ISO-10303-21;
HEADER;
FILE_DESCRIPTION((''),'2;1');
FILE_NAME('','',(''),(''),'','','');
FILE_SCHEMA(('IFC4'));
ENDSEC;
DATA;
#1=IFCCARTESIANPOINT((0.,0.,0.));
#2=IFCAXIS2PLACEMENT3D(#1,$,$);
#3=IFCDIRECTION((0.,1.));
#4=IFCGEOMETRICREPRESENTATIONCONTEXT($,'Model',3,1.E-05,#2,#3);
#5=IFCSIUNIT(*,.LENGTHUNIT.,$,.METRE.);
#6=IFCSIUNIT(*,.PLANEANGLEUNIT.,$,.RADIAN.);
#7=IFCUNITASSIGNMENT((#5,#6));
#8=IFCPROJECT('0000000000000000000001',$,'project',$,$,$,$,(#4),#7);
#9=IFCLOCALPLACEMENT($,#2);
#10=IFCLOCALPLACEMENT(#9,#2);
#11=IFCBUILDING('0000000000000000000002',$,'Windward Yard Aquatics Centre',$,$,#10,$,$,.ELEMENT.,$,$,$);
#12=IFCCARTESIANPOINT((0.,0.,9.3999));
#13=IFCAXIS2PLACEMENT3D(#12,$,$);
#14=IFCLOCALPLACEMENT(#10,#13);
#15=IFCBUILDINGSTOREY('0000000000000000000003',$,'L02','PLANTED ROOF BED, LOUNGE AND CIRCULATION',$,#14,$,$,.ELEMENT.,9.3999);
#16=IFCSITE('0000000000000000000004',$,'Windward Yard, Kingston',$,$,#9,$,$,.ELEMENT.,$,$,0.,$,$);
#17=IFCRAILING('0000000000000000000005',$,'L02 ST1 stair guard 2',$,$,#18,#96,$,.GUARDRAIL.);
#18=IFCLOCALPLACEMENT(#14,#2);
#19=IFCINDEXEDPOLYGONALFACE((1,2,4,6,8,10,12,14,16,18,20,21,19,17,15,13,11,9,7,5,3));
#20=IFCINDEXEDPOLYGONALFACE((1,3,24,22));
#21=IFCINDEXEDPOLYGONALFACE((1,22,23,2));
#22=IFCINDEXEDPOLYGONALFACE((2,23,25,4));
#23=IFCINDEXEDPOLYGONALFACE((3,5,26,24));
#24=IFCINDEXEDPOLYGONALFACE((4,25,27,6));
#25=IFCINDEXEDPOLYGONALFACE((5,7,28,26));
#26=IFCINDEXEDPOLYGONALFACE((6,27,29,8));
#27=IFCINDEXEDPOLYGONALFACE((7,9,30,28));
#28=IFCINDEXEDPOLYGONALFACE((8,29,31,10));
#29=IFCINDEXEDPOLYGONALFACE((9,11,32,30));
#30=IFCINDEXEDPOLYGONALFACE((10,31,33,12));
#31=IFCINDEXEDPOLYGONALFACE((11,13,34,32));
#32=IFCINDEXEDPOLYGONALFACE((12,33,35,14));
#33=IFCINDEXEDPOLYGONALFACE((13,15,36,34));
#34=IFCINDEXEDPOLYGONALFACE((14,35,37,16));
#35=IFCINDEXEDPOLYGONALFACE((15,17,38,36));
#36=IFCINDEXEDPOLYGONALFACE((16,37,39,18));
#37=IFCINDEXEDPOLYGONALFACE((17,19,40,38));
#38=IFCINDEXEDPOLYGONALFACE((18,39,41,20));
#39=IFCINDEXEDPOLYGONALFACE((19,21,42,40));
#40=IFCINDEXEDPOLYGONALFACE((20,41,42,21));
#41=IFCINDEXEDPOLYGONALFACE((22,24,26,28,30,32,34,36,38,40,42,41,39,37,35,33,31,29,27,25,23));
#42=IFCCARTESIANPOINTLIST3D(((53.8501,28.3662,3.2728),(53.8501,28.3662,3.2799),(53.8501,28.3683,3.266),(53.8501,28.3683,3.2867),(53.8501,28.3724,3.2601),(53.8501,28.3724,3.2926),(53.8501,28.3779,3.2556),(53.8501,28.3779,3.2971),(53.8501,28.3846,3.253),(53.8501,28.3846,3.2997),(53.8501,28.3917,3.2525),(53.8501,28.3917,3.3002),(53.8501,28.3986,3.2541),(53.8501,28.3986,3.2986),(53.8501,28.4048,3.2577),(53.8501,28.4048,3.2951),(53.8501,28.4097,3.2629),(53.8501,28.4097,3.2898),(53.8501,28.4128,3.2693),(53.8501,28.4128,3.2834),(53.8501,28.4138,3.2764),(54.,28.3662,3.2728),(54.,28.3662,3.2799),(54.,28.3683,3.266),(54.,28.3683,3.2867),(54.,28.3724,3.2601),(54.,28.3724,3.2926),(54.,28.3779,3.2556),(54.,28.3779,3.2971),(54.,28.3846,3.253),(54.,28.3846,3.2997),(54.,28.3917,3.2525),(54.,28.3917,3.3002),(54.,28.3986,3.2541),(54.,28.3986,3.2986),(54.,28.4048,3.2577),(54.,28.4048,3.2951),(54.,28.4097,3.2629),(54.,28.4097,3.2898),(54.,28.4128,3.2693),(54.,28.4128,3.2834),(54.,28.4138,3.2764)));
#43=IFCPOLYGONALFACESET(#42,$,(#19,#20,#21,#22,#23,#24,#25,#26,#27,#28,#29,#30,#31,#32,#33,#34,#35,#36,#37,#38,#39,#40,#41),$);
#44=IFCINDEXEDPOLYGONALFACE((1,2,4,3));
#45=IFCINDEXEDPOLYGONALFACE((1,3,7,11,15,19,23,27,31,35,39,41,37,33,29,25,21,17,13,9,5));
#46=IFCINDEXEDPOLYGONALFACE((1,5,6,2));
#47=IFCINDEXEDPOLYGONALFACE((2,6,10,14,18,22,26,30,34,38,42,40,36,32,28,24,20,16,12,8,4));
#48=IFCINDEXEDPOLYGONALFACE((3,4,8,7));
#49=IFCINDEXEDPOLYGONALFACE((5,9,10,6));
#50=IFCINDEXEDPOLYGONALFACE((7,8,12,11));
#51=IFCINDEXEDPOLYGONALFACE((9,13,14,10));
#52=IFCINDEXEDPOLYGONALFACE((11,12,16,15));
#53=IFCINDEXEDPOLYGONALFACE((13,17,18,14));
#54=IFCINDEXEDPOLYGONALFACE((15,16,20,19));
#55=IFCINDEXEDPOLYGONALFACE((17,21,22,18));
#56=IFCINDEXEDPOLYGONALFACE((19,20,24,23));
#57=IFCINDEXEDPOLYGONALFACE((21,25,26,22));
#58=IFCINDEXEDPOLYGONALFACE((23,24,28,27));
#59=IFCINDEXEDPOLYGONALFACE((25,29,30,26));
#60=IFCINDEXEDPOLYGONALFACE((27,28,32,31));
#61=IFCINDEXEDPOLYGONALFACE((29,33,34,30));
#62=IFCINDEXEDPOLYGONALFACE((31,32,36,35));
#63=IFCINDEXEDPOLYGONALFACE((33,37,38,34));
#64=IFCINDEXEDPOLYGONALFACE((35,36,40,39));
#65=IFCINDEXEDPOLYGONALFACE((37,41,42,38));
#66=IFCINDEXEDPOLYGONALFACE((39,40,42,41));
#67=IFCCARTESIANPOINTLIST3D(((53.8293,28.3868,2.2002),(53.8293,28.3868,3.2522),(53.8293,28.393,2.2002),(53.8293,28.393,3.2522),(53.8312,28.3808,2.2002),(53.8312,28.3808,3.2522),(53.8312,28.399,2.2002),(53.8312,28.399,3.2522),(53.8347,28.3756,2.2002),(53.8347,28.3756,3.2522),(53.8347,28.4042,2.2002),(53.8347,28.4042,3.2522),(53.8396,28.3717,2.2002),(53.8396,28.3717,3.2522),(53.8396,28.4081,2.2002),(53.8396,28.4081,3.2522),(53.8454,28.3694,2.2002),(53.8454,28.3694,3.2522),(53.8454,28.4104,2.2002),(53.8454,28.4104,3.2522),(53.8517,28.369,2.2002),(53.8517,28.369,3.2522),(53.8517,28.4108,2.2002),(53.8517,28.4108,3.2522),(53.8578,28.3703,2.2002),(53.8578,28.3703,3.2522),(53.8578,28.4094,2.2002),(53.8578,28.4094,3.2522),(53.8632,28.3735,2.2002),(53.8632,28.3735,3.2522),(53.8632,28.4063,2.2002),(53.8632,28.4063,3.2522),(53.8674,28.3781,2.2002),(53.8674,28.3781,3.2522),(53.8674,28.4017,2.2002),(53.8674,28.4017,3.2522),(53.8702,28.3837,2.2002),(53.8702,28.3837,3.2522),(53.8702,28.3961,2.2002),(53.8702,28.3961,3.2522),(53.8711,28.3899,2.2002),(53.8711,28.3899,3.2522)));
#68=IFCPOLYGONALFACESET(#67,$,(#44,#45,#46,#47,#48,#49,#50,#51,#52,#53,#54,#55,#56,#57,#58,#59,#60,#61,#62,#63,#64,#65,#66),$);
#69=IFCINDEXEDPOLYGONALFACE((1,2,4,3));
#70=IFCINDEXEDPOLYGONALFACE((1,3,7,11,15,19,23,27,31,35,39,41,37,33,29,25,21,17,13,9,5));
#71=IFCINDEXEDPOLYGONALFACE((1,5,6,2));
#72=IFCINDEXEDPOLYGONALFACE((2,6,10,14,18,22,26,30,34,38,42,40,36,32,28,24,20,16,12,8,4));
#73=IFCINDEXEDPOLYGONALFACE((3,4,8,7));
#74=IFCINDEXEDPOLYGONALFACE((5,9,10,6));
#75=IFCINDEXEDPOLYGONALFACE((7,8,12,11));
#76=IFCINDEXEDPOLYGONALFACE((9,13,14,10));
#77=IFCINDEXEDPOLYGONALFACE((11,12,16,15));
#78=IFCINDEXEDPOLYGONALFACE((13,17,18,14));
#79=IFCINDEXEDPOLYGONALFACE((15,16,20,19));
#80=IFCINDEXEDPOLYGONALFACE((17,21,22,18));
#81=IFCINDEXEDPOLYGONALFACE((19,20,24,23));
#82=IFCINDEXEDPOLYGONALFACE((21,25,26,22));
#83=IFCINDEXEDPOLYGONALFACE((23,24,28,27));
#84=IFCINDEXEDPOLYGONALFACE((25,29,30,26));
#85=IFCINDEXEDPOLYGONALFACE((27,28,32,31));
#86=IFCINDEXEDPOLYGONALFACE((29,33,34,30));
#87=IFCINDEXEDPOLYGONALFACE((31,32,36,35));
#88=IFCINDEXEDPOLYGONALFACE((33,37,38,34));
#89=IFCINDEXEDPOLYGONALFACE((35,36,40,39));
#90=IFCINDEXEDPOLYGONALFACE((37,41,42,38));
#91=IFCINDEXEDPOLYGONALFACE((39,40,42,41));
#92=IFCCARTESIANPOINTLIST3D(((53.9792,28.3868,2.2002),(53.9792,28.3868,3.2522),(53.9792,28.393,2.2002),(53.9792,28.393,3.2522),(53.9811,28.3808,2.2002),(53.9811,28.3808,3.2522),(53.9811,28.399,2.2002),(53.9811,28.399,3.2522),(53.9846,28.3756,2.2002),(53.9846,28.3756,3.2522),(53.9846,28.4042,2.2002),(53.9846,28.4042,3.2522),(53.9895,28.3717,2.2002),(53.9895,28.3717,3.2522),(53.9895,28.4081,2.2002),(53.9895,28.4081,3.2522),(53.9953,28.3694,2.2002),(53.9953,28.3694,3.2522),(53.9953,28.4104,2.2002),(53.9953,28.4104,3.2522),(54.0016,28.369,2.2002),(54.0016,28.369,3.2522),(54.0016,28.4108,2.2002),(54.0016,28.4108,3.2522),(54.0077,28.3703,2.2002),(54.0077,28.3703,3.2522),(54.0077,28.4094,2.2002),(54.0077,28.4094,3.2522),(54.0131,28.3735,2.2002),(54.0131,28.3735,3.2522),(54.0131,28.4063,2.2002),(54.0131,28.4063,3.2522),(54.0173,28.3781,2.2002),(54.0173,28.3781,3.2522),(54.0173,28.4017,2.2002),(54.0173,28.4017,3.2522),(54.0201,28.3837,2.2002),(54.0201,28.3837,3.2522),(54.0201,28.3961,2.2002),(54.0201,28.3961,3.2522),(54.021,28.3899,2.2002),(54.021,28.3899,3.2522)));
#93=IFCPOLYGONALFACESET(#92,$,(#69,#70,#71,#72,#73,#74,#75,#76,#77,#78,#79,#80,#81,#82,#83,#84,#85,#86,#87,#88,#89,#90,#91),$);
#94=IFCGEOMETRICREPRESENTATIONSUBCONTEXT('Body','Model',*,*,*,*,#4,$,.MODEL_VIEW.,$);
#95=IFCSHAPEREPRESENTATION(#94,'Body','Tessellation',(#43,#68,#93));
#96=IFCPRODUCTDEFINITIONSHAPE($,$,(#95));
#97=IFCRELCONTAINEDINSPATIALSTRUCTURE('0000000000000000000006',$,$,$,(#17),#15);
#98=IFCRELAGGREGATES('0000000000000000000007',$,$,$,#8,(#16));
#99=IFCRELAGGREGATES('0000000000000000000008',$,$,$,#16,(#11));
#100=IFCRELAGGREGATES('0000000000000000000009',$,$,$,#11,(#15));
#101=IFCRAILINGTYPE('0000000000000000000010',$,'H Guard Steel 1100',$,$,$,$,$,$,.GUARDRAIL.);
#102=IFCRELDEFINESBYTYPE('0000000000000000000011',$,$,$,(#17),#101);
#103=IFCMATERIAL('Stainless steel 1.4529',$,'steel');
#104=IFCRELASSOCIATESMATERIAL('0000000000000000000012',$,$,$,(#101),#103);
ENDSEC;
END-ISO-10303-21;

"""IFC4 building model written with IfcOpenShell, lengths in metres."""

from ifc_helpers import new_model, si_unit, direction, frame, origin, origin_2d, place, context, subcontext, project, spatial, circle, extrude, material, type_object, element, save


model = new_model("IFC4")

# Units and contexts
model_context = context("Model", 3, precision=1e-05, world=origin(), true_north=direction((0.0, 1.0)))
body_context = subcontext(model_context, "Body", "Model", "MODEL_VIEW")
ifc_project = project(units=[si_unit("LENGTHUNIT", "METRE"), si_unit("PLANEANGLEUNIT", "RADIAN")], contexts=[model_context])

# Site, building, storey
site_placement = place(None, origin())
site = spatial("IfcSite", under=ifc_project, at=site_placement, Name="Windward Yard, Kingston", CompositionType="ELEMENT", RefElevation=0.0)
building_placement = place(site_placement, origin())
building = spatial("IfcBuilding", under=site, at=building_placement, Name="Windward Yard Aquatics Centre", CompositionType="ELEMENT")
storey_placement = place(building_placement, frame((0.0, 0.0, 9.3999)))
storey = spatial("IfcBuildingStorey", under=building, at=storey_placement, Name="L02", Description="PLANTED ROOF BED, LOUNGE AND CIRCULATION", CompositionType="ELEMENT", Elevation=9.3999)

# Railing
ifc_material_1 = material(Name="Stainless steel 1.4529", Category="steel")
railing_type_1 = type_object("IfcRailingType", Name="H Guard Steel 1100", PredefinedType="GUARDRAIL", material=ifc_material_1)
railing_1_placement = place(storey_placement, frame((53.8501, 28.3899, 2.2002)))
element("IfcRailing", 1, at=railing_1_placement, inside=storey, type_object=railing_type_1, Name="L02 ST1 stair guard 2", PredefinedType="GUARDRAIL", context=body_context, shape_type="SweptSolid", body=[
    extrude(circle(Radius=0.0239, at=origin_2d()), frame((0.0, 0.0, 1.0762), z_axis=(1.0, 0.0, 0.0), x_axis=(0.0, 1.0, 0.0)), (0.0, 0.0, 1.0), 0.1499),
    extrude(circle(Radius=0.021, at=origin_2d()), origin(), (0.0, 0.0, 1.0), 1.052),
    extrude(circle(Radius=0.021, at=origin_2d()), frame((0.1499, 0.0, 0.0)), (0.0, 0.0, 1.0), 1.052),
])

save(model, "model.ifc")
